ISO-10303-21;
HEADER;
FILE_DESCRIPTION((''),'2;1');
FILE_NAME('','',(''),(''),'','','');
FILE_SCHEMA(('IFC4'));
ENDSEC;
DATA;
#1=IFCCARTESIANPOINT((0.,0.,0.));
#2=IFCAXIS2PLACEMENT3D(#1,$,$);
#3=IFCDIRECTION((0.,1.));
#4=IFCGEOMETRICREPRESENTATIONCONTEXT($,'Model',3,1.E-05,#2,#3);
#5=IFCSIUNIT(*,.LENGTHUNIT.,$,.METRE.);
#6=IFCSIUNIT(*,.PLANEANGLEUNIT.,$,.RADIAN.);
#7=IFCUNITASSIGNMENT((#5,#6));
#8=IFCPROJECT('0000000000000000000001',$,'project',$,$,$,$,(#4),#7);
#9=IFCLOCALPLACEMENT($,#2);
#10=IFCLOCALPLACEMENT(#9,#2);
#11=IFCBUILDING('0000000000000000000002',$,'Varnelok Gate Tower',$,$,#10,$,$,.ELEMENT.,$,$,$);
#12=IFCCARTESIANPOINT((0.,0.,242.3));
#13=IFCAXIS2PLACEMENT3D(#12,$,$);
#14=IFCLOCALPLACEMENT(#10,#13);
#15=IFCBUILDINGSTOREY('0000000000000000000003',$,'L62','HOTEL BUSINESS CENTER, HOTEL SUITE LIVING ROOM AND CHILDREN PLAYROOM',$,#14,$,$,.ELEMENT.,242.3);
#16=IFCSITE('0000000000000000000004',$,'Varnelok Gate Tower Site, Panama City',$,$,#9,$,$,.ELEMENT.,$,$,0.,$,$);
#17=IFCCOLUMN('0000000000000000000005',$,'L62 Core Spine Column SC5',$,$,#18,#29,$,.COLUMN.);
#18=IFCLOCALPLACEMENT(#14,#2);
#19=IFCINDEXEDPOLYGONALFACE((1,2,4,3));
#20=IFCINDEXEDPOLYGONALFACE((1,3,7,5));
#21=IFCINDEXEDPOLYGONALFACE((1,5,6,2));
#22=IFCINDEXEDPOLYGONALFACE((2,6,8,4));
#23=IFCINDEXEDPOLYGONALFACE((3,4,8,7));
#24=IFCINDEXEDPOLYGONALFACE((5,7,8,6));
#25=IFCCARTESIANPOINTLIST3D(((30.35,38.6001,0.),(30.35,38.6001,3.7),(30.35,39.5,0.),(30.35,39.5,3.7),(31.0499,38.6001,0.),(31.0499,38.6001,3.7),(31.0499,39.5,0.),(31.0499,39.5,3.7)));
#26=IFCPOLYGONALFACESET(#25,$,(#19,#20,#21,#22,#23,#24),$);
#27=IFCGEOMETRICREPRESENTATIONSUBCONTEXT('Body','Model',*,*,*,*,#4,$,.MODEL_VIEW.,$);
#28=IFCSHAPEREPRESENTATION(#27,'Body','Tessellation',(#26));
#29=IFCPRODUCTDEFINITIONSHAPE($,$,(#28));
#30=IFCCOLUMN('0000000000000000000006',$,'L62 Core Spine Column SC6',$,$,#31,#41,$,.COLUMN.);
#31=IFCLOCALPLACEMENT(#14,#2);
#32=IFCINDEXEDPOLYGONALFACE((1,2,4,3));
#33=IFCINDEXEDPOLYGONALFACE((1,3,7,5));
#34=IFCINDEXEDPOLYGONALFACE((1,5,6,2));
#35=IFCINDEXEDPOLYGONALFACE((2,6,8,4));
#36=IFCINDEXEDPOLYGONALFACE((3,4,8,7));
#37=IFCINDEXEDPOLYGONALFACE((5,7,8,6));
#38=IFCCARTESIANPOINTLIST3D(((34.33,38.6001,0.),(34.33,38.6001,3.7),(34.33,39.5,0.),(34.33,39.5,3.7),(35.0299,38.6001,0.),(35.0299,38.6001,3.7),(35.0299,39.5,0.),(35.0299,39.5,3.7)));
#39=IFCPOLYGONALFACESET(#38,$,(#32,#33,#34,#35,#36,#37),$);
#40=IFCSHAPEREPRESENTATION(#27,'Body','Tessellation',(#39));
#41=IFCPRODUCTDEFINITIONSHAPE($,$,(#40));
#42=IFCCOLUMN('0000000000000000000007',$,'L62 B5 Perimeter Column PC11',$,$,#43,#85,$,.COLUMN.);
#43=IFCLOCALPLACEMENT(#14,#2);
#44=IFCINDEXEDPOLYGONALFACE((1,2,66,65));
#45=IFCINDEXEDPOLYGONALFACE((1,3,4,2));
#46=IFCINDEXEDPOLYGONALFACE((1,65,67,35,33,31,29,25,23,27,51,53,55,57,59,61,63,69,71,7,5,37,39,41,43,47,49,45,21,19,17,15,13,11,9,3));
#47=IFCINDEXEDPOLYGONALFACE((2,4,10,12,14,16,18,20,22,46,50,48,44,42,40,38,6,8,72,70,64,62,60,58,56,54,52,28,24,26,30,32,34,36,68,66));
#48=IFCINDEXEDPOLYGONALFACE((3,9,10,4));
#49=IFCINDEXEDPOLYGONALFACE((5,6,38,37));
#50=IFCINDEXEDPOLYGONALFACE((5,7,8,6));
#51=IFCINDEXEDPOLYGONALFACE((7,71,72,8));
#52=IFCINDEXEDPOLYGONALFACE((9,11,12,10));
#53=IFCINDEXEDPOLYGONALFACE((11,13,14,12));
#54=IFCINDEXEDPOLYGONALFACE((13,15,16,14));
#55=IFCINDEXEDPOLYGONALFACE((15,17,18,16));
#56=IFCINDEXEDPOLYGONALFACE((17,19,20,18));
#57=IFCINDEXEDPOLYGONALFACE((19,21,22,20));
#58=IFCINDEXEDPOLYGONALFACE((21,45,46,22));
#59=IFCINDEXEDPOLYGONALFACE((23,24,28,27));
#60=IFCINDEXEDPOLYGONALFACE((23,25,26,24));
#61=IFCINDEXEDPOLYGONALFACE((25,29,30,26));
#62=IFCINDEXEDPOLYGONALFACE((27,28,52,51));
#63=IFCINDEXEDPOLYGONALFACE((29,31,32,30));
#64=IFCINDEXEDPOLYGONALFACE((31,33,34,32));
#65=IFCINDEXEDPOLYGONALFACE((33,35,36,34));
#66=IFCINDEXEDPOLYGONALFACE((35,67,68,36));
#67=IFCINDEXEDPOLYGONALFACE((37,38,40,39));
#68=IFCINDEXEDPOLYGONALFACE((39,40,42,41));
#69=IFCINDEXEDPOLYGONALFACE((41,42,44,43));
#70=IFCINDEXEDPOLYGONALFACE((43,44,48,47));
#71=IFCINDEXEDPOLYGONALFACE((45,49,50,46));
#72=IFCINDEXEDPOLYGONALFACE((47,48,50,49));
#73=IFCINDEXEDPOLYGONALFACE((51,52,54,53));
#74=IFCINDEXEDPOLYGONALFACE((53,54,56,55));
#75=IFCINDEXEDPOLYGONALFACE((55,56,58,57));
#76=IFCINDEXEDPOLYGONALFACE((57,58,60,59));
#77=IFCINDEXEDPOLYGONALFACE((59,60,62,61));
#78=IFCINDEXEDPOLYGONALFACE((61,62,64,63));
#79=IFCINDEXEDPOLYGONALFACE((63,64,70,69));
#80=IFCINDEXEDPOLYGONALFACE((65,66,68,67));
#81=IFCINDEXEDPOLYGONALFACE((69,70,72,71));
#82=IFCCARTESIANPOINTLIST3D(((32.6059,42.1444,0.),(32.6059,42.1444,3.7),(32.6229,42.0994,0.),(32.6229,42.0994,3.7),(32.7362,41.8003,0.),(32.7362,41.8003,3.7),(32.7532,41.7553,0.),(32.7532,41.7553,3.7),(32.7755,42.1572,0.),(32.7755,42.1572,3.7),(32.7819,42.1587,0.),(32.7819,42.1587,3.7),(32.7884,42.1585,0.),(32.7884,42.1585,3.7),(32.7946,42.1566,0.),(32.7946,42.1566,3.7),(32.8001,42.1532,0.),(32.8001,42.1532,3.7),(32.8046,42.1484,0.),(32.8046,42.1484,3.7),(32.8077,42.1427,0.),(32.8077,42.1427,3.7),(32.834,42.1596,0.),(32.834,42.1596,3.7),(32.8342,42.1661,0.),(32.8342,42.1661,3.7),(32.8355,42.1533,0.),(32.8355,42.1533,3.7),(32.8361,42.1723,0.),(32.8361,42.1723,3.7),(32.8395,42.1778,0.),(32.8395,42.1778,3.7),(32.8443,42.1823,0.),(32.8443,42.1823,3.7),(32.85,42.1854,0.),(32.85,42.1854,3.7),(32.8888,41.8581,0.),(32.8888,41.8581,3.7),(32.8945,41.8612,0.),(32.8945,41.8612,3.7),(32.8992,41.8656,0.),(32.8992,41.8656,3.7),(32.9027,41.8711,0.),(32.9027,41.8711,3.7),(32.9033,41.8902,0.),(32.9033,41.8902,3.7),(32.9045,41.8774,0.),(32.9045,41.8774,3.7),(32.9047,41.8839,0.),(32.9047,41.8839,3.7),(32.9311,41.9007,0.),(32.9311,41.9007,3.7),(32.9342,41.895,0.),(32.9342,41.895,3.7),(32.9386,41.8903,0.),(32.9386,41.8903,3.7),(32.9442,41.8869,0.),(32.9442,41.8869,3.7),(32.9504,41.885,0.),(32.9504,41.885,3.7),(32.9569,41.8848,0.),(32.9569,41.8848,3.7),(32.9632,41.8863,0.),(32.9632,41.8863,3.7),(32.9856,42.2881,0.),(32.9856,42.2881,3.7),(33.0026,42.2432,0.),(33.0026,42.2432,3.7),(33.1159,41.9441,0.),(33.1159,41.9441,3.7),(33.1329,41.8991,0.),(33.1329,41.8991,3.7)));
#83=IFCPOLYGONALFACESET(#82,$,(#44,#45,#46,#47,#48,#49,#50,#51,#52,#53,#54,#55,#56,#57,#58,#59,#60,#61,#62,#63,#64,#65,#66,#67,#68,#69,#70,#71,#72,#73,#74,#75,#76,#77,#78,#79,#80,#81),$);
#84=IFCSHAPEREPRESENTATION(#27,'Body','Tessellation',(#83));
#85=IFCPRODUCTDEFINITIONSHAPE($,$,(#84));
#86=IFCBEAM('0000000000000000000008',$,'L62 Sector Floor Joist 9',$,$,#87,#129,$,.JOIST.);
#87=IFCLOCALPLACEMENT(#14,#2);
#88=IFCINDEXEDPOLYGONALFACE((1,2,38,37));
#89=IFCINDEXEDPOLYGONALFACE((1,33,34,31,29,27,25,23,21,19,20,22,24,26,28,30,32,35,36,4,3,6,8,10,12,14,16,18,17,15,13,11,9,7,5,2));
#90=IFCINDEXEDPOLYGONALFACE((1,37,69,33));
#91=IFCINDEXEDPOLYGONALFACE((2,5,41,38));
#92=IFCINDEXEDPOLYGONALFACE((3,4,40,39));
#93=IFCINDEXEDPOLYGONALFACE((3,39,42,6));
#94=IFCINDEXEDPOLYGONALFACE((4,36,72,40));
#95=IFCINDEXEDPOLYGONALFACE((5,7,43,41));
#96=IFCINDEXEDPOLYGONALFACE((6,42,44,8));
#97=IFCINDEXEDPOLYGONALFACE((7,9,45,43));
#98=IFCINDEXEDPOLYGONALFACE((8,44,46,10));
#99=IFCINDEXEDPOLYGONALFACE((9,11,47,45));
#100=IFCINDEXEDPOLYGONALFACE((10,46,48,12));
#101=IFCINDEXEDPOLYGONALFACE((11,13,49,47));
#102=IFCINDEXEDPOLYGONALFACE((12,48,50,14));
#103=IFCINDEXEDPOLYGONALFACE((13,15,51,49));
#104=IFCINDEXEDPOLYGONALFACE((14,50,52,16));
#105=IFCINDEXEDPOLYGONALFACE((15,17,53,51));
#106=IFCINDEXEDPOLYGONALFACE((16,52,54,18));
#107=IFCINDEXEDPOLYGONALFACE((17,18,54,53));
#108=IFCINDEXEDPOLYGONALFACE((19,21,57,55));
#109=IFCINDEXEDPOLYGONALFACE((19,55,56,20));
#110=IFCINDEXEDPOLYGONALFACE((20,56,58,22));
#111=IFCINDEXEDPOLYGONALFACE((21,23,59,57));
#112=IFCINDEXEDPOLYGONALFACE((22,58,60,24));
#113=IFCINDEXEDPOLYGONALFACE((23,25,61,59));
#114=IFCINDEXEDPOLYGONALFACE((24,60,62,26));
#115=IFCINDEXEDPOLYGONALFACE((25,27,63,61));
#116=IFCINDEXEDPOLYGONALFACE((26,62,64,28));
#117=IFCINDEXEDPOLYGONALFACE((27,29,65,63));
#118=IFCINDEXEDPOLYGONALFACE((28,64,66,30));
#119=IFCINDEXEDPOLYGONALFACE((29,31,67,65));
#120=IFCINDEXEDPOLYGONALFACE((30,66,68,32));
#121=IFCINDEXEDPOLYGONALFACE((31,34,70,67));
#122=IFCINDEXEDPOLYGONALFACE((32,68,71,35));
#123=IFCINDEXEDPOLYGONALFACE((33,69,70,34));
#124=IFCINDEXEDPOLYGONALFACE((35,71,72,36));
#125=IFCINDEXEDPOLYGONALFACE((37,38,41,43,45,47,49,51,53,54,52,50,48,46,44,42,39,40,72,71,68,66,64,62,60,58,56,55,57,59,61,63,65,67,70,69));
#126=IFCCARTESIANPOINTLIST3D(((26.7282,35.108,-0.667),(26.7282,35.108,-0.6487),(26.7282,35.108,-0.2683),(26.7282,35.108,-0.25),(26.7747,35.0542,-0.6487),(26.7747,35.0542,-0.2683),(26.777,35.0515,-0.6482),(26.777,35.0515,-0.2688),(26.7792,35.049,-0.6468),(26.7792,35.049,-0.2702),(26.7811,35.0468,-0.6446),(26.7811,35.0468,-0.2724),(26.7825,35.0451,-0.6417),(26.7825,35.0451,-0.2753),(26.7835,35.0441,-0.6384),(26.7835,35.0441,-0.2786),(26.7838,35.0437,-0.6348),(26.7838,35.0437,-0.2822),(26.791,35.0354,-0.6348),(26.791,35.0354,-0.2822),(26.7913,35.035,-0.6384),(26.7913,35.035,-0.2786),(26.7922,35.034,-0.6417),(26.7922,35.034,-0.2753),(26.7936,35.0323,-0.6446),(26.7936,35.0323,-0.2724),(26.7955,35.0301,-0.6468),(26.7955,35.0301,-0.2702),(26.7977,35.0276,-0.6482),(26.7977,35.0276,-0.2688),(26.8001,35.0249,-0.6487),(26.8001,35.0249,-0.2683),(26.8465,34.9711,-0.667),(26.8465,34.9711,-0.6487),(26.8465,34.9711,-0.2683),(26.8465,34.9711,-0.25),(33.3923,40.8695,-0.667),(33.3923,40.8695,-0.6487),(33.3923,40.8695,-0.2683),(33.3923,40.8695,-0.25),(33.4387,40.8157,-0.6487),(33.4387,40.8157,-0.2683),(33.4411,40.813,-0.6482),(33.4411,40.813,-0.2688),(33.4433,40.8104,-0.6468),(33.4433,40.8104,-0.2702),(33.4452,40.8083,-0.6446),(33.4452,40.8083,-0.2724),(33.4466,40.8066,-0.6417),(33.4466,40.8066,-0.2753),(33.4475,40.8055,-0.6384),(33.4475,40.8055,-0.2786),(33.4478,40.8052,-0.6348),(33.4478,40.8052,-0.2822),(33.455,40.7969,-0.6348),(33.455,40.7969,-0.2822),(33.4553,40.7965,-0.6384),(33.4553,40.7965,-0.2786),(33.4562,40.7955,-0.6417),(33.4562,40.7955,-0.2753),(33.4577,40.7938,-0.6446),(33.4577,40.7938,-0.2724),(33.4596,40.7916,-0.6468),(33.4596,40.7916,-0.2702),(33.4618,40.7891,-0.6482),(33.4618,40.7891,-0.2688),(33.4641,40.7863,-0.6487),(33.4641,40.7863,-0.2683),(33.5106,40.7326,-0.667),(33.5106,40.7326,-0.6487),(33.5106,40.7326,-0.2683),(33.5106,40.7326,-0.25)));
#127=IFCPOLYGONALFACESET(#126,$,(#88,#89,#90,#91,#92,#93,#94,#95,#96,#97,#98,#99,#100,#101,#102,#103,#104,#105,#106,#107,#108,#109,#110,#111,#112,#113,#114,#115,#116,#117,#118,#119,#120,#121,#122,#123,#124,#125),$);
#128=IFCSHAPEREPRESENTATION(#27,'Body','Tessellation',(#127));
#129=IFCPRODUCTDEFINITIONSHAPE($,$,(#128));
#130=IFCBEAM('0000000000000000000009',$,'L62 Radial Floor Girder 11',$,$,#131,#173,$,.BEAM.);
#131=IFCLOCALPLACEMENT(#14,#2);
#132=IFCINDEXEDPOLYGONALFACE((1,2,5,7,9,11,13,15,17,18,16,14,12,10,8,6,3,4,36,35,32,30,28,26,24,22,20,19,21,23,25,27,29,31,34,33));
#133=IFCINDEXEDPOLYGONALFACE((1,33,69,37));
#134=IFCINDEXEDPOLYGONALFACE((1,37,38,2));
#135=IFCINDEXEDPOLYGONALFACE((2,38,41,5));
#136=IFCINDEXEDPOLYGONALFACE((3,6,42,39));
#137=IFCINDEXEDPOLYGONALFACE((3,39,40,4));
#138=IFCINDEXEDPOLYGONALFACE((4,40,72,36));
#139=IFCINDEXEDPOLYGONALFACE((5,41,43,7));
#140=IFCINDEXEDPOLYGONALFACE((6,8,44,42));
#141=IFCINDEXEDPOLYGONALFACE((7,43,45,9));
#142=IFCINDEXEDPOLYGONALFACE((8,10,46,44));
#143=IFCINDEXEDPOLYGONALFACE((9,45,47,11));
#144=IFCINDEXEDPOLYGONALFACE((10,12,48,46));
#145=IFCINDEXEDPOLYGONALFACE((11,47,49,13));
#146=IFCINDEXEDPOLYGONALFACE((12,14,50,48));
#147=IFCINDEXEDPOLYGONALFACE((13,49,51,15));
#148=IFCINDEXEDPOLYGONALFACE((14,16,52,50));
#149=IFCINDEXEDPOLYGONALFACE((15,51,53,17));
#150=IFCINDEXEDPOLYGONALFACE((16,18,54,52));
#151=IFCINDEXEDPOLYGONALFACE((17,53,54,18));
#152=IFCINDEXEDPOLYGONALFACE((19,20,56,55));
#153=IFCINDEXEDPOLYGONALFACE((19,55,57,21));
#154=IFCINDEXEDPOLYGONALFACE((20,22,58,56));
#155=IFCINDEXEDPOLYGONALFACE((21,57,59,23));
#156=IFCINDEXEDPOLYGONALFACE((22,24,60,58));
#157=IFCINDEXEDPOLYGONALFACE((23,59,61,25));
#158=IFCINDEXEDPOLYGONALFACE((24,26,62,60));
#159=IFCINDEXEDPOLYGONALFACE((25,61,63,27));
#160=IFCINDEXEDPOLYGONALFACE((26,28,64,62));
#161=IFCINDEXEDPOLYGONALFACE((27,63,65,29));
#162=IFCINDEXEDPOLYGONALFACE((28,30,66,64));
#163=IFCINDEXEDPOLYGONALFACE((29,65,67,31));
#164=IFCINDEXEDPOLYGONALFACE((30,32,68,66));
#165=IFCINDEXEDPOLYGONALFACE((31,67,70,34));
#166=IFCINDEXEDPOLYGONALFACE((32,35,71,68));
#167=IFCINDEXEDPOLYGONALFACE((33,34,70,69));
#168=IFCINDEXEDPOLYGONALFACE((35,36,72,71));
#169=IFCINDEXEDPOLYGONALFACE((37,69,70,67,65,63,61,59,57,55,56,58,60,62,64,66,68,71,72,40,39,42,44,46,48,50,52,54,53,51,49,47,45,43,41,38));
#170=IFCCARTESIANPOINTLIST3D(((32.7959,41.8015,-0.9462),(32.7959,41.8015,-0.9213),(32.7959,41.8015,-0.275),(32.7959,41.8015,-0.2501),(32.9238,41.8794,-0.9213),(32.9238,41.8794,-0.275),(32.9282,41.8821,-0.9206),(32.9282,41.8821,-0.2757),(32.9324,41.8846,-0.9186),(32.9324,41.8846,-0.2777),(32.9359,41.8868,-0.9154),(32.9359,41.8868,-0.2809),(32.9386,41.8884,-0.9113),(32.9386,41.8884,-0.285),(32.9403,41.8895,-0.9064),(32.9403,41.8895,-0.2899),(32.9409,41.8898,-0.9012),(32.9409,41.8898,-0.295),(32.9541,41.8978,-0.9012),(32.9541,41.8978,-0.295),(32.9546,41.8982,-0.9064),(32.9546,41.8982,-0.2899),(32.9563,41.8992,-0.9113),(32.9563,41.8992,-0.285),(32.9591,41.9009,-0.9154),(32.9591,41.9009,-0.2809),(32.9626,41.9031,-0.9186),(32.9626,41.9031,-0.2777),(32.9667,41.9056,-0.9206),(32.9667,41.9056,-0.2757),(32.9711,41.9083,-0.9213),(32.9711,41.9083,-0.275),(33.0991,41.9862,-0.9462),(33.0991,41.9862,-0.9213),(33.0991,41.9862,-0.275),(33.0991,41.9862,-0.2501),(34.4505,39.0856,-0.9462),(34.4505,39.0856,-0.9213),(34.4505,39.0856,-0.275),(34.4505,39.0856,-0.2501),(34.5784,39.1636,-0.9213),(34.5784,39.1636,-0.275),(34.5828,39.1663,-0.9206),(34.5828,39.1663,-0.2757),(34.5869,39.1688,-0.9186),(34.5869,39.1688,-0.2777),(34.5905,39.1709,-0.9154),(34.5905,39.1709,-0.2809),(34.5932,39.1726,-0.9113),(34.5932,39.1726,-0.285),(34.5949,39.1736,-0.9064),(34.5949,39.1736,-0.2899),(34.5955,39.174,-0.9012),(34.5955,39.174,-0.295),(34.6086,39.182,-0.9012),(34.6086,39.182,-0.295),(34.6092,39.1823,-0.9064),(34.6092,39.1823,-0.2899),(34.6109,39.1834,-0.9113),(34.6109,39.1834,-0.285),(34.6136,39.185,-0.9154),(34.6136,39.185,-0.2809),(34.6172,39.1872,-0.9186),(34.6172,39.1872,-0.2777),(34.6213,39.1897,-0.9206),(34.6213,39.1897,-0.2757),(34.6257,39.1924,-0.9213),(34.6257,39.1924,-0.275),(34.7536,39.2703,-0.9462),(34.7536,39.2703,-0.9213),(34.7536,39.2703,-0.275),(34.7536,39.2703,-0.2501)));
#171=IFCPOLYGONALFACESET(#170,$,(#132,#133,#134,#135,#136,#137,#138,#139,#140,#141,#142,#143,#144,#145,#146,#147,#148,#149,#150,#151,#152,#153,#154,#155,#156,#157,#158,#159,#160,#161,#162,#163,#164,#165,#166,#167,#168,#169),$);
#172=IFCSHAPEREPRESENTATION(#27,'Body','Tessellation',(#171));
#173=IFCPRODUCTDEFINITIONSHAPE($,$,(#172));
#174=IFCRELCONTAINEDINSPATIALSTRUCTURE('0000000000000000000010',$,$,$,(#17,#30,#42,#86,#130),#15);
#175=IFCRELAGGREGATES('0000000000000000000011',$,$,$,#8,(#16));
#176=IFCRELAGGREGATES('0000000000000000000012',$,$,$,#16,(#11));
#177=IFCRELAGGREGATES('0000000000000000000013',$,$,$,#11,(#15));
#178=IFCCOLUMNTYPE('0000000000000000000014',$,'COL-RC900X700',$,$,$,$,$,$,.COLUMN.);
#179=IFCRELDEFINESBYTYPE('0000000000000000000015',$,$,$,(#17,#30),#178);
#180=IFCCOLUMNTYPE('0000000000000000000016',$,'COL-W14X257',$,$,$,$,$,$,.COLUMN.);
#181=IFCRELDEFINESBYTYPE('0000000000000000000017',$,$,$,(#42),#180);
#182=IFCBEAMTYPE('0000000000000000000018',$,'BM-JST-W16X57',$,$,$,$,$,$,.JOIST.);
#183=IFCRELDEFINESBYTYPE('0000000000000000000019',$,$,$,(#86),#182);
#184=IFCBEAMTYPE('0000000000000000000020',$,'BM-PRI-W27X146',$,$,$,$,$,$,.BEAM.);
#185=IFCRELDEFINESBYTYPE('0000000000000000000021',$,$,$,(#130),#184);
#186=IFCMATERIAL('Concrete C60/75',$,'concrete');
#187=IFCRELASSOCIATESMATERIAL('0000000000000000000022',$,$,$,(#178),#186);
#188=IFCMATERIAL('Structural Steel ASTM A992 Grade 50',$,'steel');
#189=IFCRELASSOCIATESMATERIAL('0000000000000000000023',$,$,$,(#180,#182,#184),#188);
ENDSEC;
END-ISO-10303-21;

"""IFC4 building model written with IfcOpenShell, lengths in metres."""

from ifc_helpers import new_model, si_unit, direction, frame, origin, origin_2d, place, context, subcontext, project, spatial, rectangle, i_section, extrude, material, material_profile, profile_set, type_object, element, save


model = new_model("IFC4")

# Units and contexts
model_context = context("Model", 3, precision=1e-05, world=origin(), true_north=direction((0.0, 1.0)))
body_context = subcontext(model_context, "Body", "Model", "MODEL_VIEW")
ifc_project = project(units=[si_unit("LENGTHUNIT", "METRE"), si_unit("PLANEANGLEUNIT", "RADIAN")], contexts=[model_context])

# Site, building, storey
site_placement = place(None, origin())
site = spatial("IfcSite", under=ifc_project, at=site_placement, Name="Varnelok Gate Tower Site, Panama City", CompositionType="ELEMENT", RefElevation=0.0)
building_placement = place(site_placement, origin())
building = spatial("IfcBuilding", under=site, at=building_placement, Name="Varnelok Gate Tower", CompositionType="ELEMENT")
storey_placement = place(building_placement, frame((0.0, 0.0, 242.3)))
storey = spatial("IfcBuildingStorey", under=building, at=storey_placement, Name="L62", Description="HOTEL BUSINESS CENTER, HOTEL SUITE LIVING ROOM AND CHILDREN PLAYROOM", CompositionType="ELEMENT", Elevation=242.3)

# Columns
ifc_material_1 = material(Name="Concrete C60/75", Category="concrete")
ifc_material_profile_1 = material_profile(ifc_material_1, rectangle(XDim=0.7, YDim=0.8999, at=origin_2d()), Name="RC900X700")
ifc_profile_set_1 = profile_set([ifc_material_profile_1], Name="Concrete C60/75")
column_type_1 = type_object("IfcColumnType", Name="COL-RC900X700", PredefinedType="COLUMN", material=ifc_profile_set_1)
for number, where, z_axis, x_axis, name in (
    (1, (30.7, 39.05, 0.0), (0.0, 0.0, 1.0), (1.0, 0.0, 0.0), "L62 Core Spine Column SC5"),
    (2, (34.6799, 39.05, 0.0), (0.0, 0.0, 1.0), (1.0, 0.0, 0.0), "L62 Core Spine Column SC6"),
):
    element("IfcColumn", number, at=place(storey_placement, frame(where, z_axis=z_axis, x_axis=x_axis)), inside=storey, type_object=column_type_1, Name=name, PredefinedType="COLUMN", context=body_context, shape_type="SweptSolid", body=[
        extrude(rectangle(XDim=0.7, YDim=0.8999, at=origin_2d()), origin(), (0.0, 0.0, 1.0), 3.7),
    ])
ifc_material_2 = material(Name="Structural Steel ASTM A992 Grade 50", Category="steel")
ifc_material_profile_2 = material_profile(ifc_material_2, i_section(OverallWidth=0.406, OverallDepth=0.416, WebThickness=0.0298, FlangeThickness=0.0481, FilletRadius=0.0249, at=origin_2d()), Name="W14X257")
ifc_profile_set_2 = profile_set([ifc_material_profile_2], Name="Structural Steel ASTM A992 Grade 50")
column_type_2 = type_object("IfcColumnType", Name="COL-W14X257", PredefinedType="COLUMN", material=ifc_profile_set_2)
column_placement = place(storey_placement, frame((32.8694, 42.0217, 0.0), z_axis=(0.0, 0.0, 1.0), x_axis=(0.935222, 0.354063, 0.0)))
element("IfcColumn", 3, at=column_placement, inside=storey, type_object=column_type_2, Name="L62 B5 Perimeter Column PC11", PredefinedType="COLUMN", context=body_context, shape_type="SweptSolid", body=[
    extrude(i_section(OverallWidth=0.406, OverallDepth=0.416, WebThickness=0.0298, FlangeThickness=0.0481, FilletRadius=0.0249, at=origin_2d()), origin(), (0.0, 0.0, 1.0), 3.7),
])

# Beams
ifc_material_profile_3 = material_profile(ifc_material_2, i_section(OverallWidth=0.1809, OverallDepth=0.417, WebThickness=0.011, FlangeThickness=0.0183, FilletRadius=0.0139, at=origin_2d()), Name="W16X57")
ifc_profile_set_3 = profile_set([ifc_material_profile_3], Name="Structural Steel ASTM A992 Grade 50")
beam_type_1 = type_object("IfcBeamType", Name="BM-JST-W16X57", PredefinedType="JOIST", material=ifc_profile_set_3)
beam_1_placement = place(storey_placement, frame((33.4514, 40.801, -0.4585), z_axis=(-0.756478, -0.65402, 0.0), x_axis=(0.65402, -0.756478, 0.0)))
element("IfcBeam", 4, at=beam_1_placement, inside=storey, type_object=beam_type_1, Name="L62 Sector Floor Joist 9", PredefinedType="JOIST", context=body_context, shape_type="SweptSolid", body=[
    extrude(i_section(OverallWidth=0.1809, OverallDepth=0.417, WebThickness=0.011, FlangeThickness=0.0183, FilletRadius=0.0139, at=origin_2d()), origin(), (0.0, 0.0, 1.0), 8.8093),
])
ifc_material_profile_4 = material_profile(ifc_material_2, i_section(OverallWidth=0.355, OverallDepth=0.696, WebThickness=0.0154, FlangeThickness=0.0249, FilletRadius=0.02, at=origin_2d()), Name="W27X146")
ifc_profile_set_4 = profile_set([ifc_material_profile_4], Name="Structural Steel ASTM A992 Grade 50")
beam_type_2 = type_object("IfcBeamType", Name="BM-PRI-W27X146", PredefinedType="BEAM", material=ifc_profile_set_4)
beam_2_placement = place(storey_placement, frame((34.6021, 39.178, -0.5981), z_axis=(-0.520276, 0.853998, 0.0), x_axis=(-0.853998, -0.520276, 0.0)))
element("IfcBeam", 5, at=beam_2_placement, inside=storey, type_object=beam_type_2, Name="L62 Radial Floor Girder 11", PredefinedType="BEAM", context=body_context, shape_type="SweptSolid", body=[
    extrude(i_section(OverallWidth=0.355, OverallDepth=0.696, WebThickness=0.0154, FlangeThickness=0.0249, FilletRadius=0.02, at=origin_2d()), origin(), (0.0, 0.0, 1.0), 3.1802),
])

save(model, "model.ifc")
